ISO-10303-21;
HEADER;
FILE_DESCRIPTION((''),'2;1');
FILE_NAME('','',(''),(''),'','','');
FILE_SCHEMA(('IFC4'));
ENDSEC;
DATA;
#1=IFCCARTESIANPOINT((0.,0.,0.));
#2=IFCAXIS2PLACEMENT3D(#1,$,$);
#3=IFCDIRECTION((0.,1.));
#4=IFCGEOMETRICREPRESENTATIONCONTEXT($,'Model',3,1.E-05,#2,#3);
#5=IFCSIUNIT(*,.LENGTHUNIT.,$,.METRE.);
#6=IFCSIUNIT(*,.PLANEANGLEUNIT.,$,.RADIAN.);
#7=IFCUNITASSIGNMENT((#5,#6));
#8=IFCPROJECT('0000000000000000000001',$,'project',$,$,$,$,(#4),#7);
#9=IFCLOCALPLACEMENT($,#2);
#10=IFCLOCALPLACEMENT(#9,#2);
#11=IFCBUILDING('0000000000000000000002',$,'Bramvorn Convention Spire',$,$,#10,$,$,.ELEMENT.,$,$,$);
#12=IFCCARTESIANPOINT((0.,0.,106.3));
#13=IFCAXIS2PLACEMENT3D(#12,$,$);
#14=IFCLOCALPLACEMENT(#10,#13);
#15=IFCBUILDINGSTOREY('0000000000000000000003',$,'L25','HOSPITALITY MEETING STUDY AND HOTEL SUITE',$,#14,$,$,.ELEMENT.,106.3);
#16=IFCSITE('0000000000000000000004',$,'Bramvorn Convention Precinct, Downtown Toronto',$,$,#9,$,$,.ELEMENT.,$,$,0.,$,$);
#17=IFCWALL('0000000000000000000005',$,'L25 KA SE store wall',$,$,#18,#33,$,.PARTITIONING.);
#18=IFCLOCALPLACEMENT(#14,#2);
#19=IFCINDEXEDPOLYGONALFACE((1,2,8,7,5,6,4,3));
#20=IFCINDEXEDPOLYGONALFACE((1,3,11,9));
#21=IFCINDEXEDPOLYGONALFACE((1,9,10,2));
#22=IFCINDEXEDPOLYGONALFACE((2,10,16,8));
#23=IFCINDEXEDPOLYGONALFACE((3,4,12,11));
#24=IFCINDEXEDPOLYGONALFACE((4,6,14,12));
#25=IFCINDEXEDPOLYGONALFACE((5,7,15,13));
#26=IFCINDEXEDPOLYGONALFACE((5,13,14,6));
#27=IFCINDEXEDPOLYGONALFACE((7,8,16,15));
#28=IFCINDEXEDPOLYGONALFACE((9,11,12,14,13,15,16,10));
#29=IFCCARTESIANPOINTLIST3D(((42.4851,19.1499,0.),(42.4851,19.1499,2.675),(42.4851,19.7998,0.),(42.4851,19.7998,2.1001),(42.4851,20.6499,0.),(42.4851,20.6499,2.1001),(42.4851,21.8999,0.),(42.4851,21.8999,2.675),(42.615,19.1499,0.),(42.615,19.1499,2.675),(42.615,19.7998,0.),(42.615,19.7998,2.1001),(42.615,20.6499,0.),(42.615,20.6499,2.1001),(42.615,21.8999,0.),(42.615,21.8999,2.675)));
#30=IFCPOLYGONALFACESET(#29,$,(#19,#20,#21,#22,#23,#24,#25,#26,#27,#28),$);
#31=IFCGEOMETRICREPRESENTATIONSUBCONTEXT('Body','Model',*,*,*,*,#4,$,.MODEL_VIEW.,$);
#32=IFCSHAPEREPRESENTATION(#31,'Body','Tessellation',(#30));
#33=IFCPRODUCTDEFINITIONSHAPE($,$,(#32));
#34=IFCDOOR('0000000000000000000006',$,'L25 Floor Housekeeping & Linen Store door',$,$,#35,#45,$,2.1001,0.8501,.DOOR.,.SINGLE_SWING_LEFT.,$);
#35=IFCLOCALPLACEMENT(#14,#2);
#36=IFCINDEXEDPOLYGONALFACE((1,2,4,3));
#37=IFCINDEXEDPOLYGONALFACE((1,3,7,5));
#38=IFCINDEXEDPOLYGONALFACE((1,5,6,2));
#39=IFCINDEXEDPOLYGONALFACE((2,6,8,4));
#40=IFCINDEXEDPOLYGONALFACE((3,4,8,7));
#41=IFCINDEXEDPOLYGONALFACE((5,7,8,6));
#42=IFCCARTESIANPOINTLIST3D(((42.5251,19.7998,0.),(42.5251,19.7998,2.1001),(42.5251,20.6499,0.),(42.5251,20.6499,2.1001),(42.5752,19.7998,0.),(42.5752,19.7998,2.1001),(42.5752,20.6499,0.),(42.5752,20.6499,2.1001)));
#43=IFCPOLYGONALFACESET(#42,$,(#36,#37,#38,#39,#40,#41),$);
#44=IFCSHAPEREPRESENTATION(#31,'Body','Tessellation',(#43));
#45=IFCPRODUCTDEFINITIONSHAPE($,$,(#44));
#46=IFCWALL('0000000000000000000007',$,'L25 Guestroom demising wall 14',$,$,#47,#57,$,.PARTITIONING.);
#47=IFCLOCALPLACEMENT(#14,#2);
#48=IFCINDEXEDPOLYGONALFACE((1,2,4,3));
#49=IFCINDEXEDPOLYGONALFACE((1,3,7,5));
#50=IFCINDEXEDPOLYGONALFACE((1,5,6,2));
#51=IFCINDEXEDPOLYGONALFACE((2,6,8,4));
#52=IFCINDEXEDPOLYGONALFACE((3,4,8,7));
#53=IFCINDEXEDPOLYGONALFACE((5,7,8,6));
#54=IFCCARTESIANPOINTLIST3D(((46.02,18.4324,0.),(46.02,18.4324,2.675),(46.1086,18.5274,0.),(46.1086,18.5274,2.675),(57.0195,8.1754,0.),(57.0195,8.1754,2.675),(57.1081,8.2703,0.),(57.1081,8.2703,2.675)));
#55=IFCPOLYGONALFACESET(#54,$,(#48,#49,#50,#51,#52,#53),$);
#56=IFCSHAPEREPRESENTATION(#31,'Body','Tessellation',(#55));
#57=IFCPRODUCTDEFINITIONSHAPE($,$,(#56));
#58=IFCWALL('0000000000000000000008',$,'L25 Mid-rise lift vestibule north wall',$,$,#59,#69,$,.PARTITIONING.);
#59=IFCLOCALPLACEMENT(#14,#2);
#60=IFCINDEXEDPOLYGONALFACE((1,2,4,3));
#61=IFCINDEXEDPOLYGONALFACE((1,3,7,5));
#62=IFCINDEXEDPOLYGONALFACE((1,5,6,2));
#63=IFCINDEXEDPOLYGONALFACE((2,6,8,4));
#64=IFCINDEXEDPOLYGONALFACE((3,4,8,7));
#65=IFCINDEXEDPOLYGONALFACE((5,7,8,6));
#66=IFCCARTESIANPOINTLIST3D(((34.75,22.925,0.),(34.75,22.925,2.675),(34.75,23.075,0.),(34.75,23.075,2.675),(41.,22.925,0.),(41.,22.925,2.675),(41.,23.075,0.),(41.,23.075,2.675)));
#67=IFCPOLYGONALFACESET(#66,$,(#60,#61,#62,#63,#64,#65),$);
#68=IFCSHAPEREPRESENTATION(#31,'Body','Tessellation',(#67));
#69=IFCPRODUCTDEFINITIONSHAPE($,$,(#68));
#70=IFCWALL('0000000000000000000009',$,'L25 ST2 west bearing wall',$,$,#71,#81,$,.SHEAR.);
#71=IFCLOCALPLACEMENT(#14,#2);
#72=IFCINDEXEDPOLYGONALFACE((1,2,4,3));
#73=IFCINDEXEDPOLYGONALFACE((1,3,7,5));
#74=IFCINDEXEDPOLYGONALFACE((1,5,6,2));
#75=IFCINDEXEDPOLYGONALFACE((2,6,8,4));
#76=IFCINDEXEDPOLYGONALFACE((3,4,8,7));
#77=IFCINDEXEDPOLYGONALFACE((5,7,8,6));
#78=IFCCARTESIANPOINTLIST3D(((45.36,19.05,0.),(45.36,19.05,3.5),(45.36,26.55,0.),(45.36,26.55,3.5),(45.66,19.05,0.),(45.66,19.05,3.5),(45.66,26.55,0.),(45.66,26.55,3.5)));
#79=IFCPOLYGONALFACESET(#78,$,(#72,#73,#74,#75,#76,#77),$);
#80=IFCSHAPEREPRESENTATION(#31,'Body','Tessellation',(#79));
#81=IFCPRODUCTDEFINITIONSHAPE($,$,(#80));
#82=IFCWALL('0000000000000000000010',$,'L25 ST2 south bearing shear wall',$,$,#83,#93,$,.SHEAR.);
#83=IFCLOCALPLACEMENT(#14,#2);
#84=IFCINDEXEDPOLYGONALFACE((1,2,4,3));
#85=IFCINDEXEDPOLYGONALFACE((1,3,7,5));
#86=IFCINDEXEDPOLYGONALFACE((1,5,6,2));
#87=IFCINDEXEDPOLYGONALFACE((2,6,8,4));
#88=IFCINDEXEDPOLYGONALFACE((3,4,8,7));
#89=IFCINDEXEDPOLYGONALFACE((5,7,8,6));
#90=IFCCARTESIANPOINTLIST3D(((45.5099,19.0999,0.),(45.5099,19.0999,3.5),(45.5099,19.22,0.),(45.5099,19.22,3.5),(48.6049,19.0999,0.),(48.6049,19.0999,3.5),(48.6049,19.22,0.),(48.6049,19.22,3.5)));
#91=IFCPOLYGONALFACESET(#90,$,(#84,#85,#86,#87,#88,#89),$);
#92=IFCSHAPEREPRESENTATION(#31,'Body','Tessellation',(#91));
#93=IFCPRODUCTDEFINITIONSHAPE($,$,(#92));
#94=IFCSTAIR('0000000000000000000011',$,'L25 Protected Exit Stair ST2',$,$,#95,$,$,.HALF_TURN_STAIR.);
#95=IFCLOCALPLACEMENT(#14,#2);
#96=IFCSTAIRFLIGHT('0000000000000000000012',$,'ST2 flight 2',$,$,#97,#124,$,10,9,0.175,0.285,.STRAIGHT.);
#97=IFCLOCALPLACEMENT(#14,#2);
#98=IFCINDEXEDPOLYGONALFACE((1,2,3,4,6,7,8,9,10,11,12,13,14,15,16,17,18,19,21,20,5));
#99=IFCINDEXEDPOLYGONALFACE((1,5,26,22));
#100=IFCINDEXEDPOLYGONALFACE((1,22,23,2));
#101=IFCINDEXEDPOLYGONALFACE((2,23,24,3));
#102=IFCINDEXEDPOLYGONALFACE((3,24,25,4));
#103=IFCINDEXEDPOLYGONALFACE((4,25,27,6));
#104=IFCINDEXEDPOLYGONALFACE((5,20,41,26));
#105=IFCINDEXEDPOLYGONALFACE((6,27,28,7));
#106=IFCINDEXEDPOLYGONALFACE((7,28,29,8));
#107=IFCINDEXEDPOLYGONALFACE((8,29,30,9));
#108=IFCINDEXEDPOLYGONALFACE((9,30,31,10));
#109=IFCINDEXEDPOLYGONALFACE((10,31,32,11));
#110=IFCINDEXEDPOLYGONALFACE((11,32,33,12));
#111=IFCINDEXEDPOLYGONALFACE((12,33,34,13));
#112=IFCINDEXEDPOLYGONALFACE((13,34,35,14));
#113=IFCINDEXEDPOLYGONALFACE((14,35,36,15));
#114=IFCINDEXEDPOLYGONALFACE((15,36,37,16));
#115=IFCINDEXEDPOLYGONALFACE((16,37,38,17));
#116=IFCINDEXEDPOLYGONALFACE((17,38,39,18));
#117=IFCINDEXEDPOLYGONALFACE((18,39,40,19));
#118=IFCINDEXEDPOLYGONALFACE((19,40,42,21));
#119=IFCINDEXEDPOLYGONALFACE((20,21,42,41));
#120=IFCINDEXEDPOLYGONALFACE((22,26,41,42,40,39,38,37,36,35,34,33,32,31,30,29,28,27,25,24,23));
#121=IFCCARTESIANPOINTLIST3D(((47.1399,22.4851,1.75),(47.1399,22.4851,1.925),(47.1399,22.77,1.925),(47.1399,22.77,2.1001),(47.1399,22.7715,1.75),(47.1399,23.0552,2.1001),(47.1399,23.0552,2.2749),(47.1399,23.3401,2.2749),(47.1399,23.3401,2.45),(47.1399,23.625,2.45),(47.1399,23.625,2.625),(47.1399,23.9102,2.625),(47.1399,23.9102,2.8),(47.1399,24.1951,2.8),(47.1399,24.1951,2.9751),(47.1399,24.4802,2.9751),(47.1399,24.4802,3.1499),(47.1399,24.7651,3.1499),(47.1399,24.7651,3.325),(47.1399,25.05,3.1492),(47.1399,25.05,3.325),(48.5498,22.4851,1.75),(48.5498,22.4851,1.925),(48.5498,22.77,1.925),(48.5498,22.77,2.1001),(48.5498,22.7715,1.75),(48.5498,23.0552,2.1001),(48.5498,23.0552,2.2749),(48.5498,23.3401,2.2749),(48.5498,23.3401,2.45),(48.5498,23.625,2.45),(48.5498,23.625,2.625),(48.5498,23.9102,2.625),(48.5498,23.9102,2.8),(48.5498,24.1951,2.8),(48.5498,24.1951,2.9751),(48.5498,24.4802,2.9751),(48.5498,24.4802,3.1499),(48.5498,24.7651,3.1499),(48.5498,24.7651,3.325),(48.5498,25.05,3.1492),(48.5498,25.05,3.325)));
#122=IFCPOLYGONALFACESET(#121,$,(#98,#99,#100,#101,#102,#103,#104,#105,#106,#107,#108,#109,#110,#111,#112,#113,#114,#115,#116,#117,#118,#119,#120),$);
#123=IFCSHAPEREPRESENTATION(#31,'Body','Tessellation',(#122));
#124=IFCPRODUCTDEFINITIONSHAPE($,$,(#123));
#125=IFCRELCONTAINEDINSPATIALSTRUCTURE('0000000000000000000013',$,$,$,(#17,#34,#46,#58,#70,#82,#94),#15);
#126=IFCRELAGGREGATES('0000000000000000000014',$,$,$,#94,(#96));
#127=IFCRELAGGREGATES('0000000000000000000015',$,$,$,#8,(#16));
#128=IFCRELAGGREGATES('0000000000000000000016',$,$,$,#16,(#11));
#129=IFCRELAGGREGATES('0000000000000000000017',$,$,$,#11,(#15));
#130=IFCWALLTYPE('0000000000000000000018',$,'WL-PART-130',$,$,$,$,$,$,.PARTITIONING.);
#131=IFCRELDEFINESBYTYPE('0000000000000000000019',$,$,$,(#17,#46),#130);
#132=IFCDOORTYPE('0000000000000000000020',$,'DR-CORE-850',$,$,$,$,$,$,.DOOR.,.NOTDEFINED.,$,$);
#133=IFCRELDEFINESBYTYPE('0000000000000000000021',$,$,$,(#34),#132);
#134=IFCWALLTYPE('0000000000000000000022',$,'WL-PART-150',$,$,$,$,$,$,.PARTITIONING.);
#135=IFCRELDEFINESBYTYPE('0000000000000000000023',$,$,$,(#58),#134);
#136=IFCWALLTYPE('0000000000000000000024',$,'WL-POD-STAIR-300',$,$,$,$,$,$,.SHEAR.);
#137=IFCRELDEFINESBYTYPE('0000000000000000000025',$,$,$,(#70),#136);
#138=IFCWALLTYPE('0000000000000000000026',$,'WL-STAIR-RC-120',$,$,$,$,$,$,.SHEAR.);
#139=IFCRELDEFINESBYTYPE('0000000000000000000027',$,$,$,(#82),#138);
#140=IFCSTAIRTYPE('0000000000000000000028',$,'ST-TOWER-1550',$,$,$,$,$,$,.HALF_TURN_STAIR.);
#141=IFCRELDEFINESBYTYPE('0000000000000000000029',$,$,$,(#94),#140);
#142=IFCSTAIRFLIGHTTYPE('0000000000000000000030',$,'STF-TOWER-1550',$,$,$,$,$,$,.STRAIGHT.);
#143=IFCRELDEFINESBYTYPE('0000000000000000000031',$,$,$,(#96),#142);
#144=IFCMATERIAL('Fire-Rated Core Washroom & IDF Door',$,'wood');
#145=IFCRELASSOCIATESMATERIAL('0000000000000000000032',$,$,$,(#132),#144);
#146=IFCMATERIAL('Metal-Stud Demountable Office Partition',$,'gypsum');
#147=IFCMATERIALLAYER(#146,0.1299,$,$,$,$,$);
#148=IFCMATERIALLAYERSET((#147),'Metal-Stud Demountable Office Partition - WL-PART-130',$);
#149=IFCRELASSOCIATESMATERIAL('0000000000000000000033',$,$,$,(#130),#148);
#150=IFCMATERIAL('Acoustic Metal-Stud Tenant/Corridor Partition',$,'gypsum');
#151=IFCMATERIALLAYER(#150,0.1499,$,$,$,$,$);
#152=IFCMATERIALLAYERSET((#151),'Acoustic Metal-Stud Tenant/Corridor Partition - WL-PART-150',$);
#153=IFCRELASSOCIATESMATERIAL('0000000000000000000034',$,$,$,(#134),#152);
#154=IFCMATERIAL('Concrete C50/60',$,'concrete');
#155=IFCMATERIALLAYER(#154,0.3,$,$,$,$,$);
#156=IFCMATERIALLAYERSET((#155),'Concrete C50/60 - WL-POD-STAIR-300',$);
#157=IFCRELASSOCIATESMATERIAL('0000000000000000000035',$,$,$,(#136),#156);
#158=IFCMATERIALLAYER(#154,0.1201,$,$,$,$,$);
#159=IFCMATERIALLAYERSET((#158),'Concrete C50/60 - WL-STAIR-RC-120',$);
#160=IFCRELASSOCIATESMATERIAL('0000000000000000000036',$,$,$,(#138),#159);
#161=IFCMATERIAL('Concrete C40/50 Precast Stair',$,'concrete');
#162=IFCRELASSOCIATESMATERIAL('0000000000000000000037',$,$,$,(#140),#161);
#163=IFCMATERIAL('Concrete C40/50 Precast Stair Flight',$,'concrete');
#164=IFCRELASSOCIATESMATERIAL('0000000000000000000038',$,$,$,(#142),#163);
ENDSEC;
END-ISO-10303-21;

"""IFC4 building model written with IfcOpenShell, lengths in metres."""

from ifc_helpers import new_model, si_unit, direction, frame, frame_2d, origin, place, context, subcontext, project, spatial, polyline, rectangle, outline, extrude, material, layer, layer_set, type_object, element, fill, aggregate, save


model = new_model("IFC4")

# Units and contexts
model_context = context("Model", 3, precision=1e-05, world=origin(), true_north=direction((0.0, 1.0)))
body_context = subcontext(model_context, "Body", "Model", "MODEL_VIEW")
ifc_project = project(units=[si_unit("LENGTHUNIT", "METRE"), si_unit("PLANEANGLEUNIT", "RADIAN")], contexts=[model_context])

# Site, building, storey
site_placement = place(None, origin())
site = spatial("IfcSite", under=ifc_project, at=site_placement, Name="Bramvorn Convention Precinct, Downtown Toronto", CompositionType="ELEMENT", RefElevation=0.0)
building_placement = place(site_placement, origin())
building = spatial("IfcBuilding", under=site, at=building_placement, Name="Bramvorn Convention Spire", CompositionType="ELEMENT")
storey_placement = place(building_placement, frame((0.0, 0.0, 106.3)))
storey = spatial("IfcBuildingStorey", under=building, at=storey_placement, Name="L25", Description="HOSPITALITY MEETING STUDY AND HOTEL SUITE", CompositionType="ELEMENT", Elevation=106.3)

# Shared definitions
ifc_material_1 = material(Name="Concrete C50/60", Category="concrete")

# Wall, opening, door
ifc_material_2 = material(Name="Fire-Rated Core Washroom & IDF Door", Category="wood")
door_type_1 = type_object("IfcDoorType", Name="DR-CORE-850", OperationType="NOTDEFINED", PredefinedType="DOOR", material=ifc_material_2)
ifc_material_3 = material(Name="Metal-Stud Demountable Office Partition", Category="gypsum")
ifc_layer_1 = layer(ifc_material_3, 0.1299)
ifc_layer_set_1 = layer_set([ifc_layer_1], Name="Metal-Stud Demountable Office Partition - WL-PART-130")
wall_type_1 = type_object("IfcWallType", Name="WL-PART-130", PredefinedType="PARTITIONING", material=ifc_layer_set_1)
wall_1_placement = place(storey_placement, frame((42.55, 19.1499, 0.0), z_axis=(0.0, 0.0, 1.0), x_axis=(0.0, 1.0, 0.0)))
wall_1 = element("IfcWall", 1, at=wall_1_placement, inside=storey, type_object=wall_type_1, Name="L25 KA SE store wall", PredefinedType="PARTITIONING", context=body_context, shape_type="SweptSolid", body=[
    extrude(rectangle(XDim=2.75, YDim=0.1299, at=frame_2d((1.375, 0.0))), origin(), (0.0, 0.0, 1.0), 2.675),
])
opening_1_placement = place(wall_1_placement, frame((0.6499, 0.0, 0.0)))
opening_1 = element("IfcOpeningElement", 2, at=opening_1_placement, cuts=wall_1, PredefinedType="OPENING", context=body_context, shape_type="SweptSolid", body=[
    extrude(rectangle(XDim=0.8501, YDim=2.1001, at=frame_2d((0.425, 1.05))), frame((0.0, 0.075, 0.0), z_axis=(0.0, -1.0, 0.0), x_axis=(1.0, 0.0, 0.0)), (0.0, 0.0, 1.0), 0.1499),
])
door_1_placement = place(opening_1_placement, origin())
door_1 = element("IfcDoor", 3, at=door_1_placement, inside=storey, type_object=door_type_1, Name="L25 Floor Housekeeping & Linen Store door", OperationType="SINGLE_SWING_LEFT", OverallHeight=2.1001, OverallWidth=0.8501, PredefinedType="DOOR", context=body_context, shape_type="SweptSolid", body=[
    extrude(rectangle(XDim=0.8501, YDim=2.1001, at=frame_2d((0.425, 1.05))), frame((0.0, 0.0249, 0.0), z_axis=(0.0, -1.0, 0.0), x_axis=(1.0, 0.0, 0.0)), (0.0, 0.0, 1.0), 0.05),
])
fill(opening_1, door_1)

# Walls
wall_2_placement = place(storey_placement, frame((46.0642, 18.48, 0.0), z_axis=(0.0, 0.0, 1.0), x_axis=(0.731358, -0.681994, 0.0)))
element("IfcWall", 4, at=wall_2_placement, inside=storey, type_object=wall_type_1, Name="L25 Guestroom demising wall 14", PredefinedType="PARTITIONING", context=body_context, shape_type="SweptSolid", body=[
    extrude(rectangle(XDim=15.0398, YDim=0.1299, at=frame_2d((7.52, 0.0))), origin(), (0.0, 0.0, 1.0), 2.675),
])
ifc_material_4 = material(Name="Acoustic Metal-Stud Tenant/Corridor Partition", Category="gypsum")
ifc_layer_2 = layer(ifc_material_4, 0.1499)
ifc_layer_set_2 = layer_set([ifc_layer_2], Name="Acoustic Metal-Stud Tenant/Corridor Partition - WL-PART-150")
wall_type_2 = type_object("IfcWallType", Name="WL-PART-150", PredefinedType="PARTITIONING", material=ifc_layer_set_2)
wall_3_placement = place(storey_placement, frame((34.75, 23.0, 0.0), z_axis=(0.0, 0.0, 1.0), x_axis=(1.0, 0.0, 0.0)))
element("IfcWall", 5, at=wall_3_placement, inside=storey, type_object=wall_type_2, Name="L25 Mid-rise lift vestibule north wall", PredefinedType="PARTITIONING", context=body_context, shape_type="SweptSolid", body=[
    extrude(rectangle(XDim=6.25, YDim=0.1499, at=frame_2d((3.125, 0.0))), origin(), (0.0, 0.0, 1.0), 2.675),
])
ifc_layer_3 = layer(ifc_material_1, 0.3)
ifc_layer_set_3 = layer_set([ifc_layer_3], Name="Concrete C50/60 - WL-POD-STAIR-300")
wall_type_3 = type_object("IfcWallType", Name="WL-POD-STAIR-300", PredefinedType="SHEAR", material=ifc_layer_set_3)
wall_4_placement = place(storey_placement, frame((45.51, 19.05, 0.0), z_axis=(0.0, 0.0, 1.0), x_axis=(0.0, 1.0, 0.0)))
element("IfcWall", 6, at=wall_4_placement, inside=storey, type_object=wall_type_3, Name="L25 ST2 west bearing wall", PredefinedType="SHEAR", context=body_context, shape_type="SweptSolid", body=[
    extrude(rectangle(XDim=7.5, YDim=0.3, at=frame_2d((3.75, 0.0))), origin(), (0.0, 0.0, 1.0), 3.5),
])
ifc_layer_4 = layer(ifc_material_1, 0.1201)
ifc_layer_set_4 = layer_set([ifc_layer_4], Name="Concrete C50/60 - WL-STAIR-RC-120")
wall_type_4 = type_object("IfcWallType", Name="WL-STAIR-RC-120", PredefinedType="SHEAR", material=ifc_layer_set_4)
wall_5_placement = place(storey_placement, frame((45.51, 19.1599, 0.0), z_axis=(0.0, 0.0, 1.0), x_axis=(1.0, 0.0, 0.0)))
element("IfcWall", 7, at=wall_5_placement, inside=storey, type_object=wall_type_4, Name="L25 ST2 south bearing shear wall", PredefinedType="SHEAR", context=body_context, shape_type="SweptSolid", body=[
    extrude(rectangle(XDim=3.095, YDim=0.1201, at=frame_2d((1.5474, 0.0))), origin(), (0.0, 0.0, 1.0), 3.5),
])

# Stair, stair flight
ifc_material_5 = material(Name="Concrete C40/50 Precast Stair", Category="concrete")
stair_type = type_object("IfcStairType", Name="ST-TOWER-1550", PredefinedType="HALF_TURN_STAIR", material=ifc_material_5)
stair_placement = place(storey_placement, origin())
stair = element("IfcStair", 8, at=stair_placement, inside=storey, type_object=stair_type, Name="L25 Protected Exit Stair ST2", PredefinedType="HALF_TURN_STAIR")
ifc_material_6 = material(Name="Concrete C40/50 Precast Stair Flight", Category="concrete")
stair_flight_type = type_object("IfcStairFlightType", Name="STF-TOWER-1550", PredefinedType="STRAIGHT", material=ifc_material_6)
stair_flight_placement = place(storey_placement, frame((47.845, 22.4851, 1.75), z_axis=(0.0, 0.0, 1.0), x_axis=(0.0, 1.0, 0.0)))
stair_flight = element("IfcStairFlight", 9, at=stair_flight_placement, type_object=stair_flight_type, Name="ST2 flight 2", NumberOfRisers=10, NumberOfTreads=9, PredefinedType="STRAIGHT", RiserHeight=0.175, TreadLength=0.285, context=body_context, shape_type="SweptSolid", body=[
    extrude(outline(polyline([(0.0, 0.0), (0.0, 0.175), (0.2849, 0.175), (0.2849, 0.3501), (0.5701, 0.3501), (0.5701, 0.5249), (0.855, 0.5249), (0.855, 0.7), (1.1399, 0.7), (1.1399, 0.875), (1.425, 0.875), (1.425, 1.05), (1.71, 1.05), (1.71, 1.2251), (1.9951, 1.2251), (1.9951, 1.3999), (2.28, 1.3999), (2.28, 1.575), (2.5649, 1.575), (2.5649, 1.75), (2.5649, 1.3992), (0.2864, 0.0), (0.0, 0.0)])), frame((0.0, 0.7051, 0.0), z_axis=(0.0, -1.0, 0.0), x_axis=(1.0, 0.0, 0.0)), (0.0, 0.0, 1.0), 1.4099),
])
aggregate(stair, [stair_flight])

save(model, "model.ifc")
